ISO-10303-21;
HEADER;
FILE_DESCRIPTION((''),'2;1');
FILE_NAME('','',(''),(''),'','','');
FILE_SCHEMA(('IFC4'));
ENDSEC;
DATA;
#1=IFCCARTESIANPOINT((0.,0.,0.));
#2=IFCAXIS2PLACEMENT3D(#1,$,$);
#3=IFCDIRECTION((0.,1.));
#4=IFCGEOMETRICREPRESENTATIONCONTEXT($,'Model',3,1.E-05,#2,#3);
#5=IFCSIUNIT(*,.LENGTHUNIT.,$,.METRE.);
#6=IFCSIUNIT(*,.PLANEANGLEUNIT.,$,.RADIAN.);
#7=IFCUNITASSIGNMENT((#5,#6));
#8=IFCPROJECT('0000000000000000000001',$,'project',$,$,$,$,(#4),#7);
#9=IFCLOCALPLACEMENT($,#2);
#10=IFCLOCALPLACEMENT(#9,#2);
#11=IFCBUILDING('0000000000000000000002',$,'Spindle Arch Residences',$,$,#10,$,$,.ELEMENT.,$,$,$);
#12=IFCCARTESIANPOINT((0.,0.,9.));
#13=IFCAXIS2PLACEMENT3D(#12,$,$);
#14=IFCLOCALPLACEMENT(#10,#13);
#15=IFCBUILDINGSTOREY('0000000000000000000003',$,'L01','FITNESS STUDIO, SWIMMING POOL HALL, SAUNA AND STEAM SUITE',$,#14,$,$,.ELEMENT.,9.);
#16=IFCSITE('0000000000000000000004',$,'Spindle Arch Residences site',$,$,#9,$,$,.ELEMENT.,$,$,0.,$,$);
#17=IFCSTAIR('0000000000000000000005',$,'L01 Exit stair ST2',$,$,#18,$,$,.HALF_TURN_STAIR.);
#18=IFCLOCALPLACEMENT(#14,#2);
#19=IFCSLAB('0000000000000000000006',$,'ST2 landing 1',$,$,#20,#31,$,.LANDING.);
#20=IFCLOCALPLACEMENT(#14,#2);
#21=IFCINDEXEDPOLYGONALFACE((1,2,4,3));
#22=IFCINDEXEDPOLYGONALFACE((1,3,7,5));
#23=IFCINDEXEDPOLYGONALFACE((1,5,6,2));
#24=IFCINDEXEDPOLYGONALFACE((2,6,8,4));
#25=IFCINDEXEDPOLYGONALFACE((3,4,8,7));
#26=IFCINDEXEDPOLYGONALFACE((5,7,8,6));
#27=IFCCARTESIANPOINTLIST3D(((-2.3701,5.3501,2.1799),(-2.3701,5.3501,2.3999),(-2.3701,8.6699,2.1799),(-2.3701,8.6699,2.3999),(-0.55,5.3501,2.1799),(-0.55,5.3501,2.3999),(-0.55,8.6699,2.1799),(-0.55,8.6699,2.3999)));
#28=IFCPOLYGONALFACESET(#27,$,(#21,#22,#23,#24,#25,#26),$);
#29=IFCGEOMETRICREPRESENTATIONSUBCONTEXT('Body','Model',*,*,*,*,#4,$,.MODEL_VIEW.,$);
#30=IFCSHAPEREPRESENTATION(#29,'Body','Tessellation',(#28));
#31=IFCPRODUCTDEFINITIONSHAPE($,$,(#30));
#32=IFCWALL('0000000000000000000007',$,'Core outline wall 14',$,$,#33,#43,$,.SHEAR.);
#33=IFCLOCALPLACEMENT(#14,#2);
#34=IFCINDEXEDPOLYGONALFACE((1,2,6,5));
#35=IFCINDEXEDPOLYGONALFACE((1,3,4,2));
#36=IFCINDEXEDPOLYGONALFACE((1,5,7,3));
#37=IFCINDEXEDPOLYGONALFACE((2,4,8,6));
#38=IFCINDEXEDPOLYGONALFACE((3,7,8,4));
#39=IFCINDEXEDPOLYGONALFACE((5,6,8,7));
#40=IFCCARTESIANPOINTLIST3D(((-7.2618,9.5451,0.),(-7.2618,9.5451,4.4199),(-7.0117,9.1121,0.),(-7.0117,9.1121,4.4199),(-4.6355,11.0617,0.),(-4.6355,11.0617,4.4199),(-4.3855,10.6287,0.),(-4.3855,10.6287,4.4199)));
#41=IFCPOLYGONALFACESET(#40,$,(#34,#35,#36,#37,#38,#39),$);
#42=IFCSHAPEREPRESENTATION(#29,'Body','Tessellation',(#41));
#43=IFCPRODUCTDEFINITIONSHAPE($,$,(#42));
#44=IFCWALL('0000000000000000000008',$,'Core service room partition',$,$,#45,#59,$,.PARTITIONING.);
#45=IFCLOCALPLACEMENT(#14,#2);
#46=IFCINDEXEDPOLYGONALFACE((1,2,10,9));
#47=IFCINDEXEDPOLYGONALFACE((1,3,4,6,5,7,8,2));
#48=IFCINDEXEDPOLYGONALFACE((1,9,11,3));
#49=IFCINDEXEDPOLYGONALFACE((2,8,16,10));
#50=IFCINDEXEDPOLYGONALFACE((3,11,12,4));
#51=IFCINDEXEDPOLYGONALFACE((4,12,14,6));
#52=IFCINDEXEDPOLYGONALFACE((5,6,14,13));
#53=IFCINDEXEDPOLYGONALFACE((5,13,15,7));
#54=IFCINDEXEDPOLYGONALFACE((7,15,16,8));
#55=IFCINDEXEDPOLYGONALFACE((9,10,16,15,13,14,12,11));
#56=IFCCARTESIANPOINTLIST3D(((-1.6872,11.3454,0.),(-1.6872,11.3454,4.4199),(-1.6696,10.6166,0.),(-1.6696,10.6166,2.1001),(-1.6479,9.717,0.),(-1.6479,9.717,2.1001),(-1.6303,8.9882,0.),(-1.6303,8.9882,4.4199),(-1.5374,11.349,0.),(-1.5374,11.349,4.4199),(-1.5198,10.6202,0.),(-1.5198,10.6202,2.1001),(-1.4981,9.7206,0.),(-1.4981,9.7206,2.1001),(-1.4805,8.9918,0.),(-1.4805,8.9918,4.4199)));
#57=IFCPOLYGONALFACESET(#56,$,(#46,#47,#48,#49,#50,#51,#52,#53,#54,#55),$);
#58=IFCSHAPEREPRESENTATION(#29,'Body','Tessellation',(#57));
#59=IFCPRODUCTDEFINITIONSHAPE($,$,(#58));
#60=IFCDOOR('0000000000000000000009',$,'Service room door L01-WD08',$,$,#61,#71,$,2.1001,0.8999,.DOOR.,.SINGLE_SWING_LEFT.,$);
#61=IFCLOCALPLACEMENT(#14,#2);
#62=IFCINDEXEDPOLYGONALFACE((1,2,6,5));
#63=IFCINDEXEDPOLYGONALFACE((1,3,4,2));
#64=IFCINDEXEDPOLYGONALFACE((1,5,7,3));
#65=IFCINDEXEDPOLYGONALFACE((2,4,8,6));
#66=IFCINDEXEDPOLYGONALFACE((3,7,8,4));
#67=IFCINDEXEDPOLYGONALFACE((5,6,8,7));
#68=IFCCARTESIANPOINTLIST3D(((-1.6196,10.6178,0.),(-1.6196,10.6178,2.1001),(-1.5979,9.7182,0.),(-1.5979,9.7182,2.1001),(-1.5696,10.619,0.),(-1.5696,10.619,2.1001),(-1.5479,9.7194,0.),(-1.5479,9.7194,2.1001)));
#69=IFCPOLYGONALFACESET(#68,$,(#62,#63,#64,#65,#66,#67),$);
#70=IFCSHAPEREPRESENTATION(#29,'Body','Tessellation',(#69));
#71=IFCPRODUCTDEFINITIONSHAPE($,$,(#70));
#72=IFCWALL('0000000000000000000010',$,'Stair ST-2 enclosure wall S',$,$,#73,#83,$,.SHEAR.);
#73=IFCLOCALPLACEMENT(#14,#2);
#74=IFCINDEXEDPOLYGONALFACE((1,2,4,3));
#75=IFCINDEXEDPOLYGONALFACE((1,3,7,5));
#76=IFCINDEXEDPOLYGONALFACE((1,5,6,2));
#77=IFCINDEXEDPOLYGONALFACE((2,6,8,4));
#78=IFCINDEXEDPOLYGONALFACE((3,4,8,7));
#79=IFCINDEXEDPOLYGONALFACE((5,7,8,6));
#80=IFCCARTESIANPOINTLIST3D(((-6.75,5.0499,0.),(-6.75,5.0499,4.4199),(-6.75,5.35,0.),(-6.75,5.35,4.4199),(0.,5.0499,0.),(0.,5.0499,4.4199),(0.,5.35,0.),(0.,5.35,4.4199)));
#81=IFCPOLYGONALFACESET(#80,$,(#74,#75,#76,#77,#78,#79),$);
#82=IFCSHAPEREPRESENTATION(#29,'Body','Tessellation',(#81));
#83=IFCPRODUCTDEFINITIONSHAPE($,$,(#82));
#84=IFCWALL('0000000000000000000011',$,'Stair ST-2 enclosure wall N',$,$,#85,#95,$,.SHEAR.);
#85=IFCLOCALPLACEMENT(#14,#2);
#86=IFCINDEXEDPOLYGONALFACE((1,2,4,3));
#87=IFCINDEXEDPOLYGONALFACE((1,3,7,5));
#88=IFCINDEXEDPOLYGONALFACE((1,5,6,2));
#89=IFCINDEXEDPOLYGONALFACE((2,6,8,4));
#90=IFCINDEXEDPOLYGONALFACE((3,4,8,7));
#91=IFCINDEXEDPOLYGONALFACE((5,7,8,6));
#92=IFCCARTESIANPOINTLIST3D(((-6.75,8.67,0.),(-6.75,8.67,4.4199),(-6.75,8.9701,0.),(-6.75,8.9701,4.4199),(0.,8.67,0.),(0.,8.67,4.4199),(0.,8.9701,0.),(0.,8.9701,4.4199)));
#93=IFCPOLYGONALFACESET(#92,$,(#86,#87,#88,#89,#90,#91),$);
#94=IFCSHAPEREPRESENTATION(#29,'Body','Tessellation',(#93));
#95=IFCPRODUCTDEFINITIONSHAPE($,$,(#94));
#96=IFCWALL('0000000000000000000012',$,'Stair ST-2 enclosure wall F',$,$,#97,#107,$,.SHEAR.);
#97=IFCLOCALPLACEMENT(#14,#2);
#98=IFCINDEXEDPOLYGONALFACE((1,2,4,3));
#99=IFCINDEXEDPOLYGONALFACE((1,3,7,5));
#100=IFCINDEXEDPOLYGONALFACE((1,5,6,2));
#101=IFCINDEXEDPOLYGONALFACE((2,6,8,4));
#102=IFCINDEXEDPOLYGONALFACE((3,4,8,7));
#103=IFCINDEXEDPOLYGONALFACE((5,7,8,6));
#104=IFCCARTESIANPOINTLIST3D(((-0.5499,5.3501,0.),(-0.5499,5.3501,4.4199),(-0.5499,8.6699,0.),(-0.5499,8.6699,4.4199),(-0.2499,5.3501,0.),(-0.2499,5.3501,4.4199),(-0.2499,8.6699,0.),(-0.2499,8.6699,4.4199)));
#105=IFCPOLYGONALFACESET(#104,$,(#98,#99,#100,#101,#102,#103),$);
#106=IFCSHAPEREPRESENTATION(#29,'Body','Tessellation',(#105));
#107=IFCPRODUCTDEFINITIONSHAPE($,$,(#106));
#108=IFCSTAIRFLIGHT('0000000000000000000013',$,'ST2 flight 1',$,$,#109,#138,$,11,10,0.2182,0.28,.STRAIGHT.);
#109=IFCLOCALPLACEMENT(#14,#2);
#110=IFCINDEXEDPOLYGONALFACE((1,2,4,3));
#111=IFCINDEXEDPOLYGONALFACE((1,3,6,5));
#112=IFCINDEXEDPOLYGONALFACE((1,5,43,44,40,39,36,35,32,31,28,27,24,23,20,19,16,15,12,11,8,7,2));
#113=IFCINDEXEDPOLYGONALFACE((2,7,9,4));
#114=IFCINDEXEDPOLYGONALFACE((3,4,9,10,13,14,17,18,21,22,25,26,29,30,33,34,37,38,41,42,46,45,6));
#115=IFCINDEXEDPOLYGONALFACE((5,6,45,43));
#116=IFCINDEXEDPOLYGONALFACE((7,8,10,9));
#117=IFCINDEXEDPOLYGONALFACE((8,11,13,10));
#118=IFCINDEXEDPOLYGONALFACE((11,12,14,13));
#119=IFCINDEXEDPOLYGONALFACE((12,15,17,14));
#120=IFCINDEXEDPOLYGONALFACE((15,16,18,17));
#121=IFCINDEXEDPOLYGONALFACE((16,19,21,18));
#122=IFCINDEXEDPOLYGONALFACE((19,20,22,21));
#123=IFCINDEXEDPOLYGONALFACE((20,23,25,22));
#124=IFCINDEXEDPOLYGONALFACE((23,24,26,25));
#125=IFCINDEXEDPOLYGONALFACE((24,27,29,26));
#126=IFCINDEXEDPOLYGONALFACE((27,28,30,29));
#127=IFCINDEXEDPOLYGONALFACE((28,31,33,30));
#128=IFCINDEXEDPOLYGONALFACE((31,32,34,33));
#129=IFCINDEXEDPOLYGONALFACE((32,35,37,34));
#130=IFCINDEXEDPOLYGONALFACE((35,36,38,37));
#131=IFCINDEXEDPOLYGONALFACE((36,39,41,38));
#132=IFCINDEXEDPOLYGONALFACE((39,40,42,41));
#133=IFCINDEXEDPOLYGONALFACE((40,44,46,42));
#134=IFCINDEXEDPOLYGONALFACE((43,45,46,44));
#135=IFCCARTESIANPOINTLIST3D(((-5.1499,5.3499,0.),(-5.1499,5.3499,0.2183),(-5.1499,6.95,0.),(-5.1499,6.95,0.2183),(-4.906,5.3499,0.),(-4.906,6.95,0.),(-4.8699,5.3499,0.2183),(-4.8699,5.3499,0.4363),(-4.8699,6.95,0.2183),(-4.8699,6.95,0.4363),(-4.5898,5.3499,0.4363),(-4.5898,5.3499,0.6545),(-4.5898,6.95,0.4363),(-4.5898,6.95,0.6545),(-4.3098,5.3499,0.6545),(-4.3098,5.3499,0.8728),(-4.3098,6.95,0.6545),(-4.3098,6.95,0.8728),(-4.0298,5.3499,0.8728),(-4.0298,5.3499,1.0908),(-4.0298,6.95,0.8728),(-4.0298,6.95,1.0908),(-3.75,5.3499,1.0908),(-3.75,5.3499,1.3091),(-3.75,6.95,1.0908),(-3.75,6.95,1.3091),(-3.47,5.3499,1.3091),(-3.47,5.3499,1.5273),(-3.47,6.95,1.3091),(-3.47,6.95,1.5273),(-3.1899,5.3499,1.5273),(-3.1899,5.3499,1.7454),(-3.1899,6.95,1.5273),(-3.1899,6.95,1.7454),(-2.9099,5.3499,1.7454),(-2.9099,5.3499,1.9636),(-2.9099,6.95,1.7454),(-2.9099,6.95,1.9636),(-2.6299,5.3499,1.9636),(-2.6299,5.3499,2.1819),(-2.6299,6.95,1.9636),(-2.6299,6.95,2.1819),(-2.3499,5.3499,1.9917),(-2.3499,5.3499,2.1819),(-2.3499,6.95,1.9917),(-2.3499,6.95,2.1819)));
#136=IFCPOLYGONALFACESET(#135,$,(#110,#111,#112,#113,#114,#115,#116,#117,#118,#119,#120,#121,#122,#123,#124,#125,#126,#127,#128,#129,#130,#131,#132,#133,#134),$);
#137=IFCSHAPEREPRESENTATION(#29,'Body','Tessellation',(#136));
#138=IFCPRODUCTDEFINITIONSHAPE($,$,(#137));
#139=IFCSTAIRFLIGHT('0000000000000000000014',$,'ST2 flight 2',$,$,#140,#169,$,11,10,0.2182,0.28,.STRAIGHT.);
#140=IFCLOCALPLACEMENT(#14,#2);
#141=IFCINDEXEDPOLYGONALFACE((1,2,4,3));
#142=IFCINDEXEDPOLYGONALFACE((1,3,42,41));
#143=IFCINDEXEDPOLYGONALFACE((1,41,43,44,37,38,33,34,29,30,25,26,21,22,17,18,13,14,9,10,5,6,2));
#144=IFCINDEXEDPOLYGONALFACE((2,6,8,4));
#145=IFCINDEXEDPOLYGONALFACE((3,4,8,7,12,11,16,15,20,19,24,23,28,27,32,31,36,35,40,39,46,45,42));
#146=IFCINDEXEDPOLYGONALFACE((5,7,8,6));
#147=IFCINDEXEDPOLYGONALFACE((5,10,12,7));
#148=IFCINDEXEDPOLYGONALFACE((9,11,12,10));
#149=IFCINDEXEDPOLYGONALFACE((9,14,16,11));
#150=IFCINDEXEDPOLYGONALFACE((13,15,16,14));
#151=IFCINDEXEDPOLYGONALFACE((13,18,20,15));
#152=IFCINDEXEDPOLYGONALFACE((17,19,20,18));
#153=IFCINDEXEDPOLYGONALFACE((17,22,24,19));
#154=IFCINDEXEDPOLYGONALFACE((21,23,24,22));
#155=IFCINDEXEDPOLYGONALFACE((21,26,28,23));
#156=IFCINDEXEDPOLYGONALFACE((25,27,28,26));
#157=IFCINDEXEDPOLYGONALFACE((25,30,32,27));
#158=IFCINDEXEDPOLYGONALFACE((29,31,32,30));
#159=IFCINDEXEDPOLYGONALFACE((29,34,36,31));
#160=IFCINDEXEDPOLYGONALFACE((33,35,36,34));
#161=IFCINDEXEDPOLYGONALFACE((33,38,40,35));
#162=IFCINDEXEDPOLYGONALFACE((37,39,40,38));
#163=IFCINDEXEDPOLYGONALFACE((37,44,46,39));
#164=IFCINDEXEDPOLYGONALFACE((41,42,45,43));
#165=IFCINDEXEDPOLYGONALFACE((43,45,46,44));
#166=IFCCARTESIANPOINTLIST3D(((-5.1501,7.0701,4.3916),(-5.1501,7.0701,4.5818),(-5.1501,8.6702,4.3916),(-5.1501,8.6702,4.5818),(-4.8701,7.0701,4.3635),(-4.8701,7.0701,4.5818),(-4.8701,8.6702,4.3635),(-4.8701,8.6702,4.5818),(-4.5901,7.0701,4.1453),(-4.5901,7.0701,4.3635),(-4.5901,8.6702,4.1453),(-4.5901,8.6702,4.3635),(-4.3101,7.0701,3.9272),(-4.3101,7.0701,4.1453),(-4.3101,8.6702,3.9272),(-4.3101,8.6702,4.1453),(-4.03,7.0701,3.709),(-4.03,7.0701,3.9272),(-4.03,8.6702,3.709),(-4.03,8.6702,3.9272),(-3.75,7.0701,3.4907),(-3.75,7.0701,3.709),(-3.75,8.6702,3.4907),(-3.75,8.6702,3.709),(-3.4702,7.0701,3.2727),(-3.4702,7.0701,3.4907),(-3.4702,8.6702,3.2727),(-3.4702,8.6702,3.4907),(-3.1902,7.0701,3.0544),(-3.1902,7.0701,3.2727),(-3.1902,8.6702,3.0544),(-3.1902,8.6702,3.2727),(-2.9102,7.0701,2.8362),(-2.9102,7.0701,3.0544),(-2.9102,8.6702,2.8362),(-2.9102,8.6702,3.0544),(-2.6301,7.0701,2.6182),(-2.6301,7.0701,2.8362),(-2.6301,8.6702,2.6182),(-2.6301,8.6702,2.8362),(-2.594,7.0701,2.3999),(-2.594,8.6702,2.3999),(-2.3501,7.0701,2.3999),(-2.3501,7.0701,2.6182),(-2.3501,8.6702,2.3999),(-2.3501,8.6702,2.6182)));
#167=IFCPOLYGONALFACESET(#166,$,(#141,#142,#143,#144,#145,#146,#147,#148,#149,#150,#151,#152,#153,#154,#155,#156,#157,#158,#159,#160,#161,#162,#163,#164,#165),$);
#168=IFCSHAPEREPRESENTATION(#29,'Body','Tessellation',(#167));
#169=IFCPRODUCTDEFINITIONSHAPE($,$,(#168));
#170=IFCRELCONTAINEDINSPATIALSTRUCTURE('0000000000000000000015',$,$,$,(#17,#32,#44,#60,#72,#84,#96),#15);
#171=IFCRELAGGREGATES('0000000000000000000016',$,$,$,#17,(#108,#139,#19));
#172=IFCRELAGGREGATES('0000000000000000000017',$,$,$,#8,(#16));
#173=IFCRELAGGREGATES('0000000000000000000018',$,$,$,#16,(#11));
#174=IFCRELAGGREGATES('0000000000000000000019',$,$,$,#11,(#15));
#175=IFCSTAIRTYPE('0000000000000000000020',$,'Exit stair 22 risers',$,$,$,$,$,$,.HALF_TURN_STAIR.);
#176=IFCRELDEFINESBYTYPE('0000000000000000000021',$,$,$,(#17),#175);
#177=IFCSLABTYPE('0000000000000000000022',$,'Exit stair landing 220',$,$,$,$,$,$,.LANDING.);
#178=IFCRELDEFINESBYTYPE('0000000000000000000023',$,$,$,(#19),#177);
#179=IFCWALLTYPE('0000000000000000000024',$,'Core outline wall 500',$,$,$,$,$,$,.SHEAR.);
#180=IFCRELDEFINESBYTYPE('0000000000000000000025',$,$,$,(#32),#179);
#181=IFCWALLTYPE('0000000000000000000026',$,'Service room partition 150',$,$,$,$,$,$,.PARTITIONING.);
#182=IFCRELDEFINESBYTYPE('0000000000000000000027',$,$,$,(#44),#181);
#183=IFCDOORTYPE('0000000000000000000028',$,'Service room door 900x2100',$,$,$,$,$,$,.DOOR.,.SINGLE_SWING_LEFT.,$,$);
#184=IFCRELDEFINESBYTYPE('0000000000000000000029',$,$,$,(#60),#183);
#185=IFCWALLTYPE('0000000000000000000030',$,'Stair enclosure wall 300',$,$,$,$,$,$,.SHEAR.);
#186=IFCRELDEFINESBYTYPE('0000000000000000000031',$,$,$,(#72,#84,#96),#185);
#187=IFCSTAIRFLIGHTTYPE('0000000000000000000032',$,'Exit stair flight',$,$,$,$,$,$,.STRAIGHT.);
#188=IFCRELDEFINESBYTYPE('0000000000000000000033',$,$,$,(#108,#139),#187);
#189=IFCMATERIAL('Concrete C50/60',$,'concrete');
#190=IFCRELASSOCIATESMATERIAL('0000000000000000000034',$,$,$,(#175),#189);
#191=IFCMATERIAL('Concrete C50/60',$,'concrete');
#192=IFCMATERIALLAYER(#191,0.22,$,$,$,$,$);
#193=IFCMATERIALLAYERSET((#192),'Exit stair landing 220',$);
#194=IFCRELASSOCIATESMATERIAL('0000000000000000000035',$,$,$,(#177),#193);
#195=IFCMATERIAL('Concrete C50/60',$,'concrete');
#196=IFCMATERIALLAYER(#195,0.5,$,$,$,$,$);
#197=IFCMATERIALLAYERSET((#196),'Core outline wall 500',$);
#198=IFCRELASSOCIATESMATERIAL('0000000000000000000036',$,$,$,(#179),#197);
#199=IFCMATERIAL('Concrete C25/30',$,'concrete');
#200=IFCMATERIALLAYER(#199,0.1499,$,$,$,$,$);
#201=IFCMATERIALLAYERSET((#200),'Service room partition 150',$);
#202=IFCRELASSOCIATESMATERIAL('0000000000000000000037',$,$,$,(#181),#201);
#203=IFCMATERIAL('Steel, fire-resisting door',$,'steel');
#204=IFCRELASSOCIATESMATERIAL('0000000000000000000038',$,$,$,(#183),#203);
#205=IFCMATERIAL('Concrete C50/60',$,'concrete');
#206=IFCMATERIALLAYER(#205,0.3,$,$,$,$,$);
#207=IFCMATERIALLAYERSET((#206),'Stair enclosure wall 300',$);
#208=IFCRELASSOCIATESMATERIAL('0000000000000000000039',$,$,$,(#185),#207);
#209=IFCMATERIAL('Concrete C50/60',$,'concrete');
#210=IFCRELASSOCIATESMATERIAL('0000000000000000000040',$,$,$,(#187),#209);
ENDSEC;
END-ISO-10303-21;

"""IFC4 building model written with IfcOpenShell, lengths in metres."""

from ifc_helpers import new_model, si_unit, direction, frame, frame_2d, origin, place, context, subcontext, project, spatial, polyline, rectangle, outline, extrude, material, layer, layer_set, type_object, element, fill, aggregate, save


model = new_model("IFC4")

# Units and contexts
model_context = context("Model", 3, precision=1e-05, world=origin(), true_north=direction((0.0, 1.0)))
body_context = subcontext(model_context, "Body", "Model", "MODEL_VIEW")
ifc_project = project(units=[si_unit("LENGTHUNIT", "METRE"), si_unit("PLANEANGLEUNIT", "RADIAN")], contexts=[model_context])

# Site, building, storey
site_placement = place(None, origin())
site = spatial("IfcSite", under=ifc_project, at=site_placement, Name="Spindle Arch Residences site", CompositionType="ELEMENT", RefElevation=0.0)
building_placement = place(site_placement, origin())
building = spatial("IfcBuilding", under=site, at=building_placement, Name="Spindle Arch Residences", CompositionType="ELEMENT")
storey_placement = place(building_placement, frame((0.0, 0.0, 9.0)))
storey = spatial("IfcBuildingStorey", under=building, at=storey_placement, Name="L01", Description="FITNESS STUDIO, SWIMMING POOL HALL, SAUNA AND STEAM SUITE", CompositionType="ELEMENT", Elevation=9.0)

# Stair, slab
ifc_material_1 = material(Name="Concrete C50/60", Category="concrete")
stair_type = type_object("IfcStairType", Name="Exit stair 22 risers", PredefinedType="HALF_TURN_STAIR", material=ifc_material_1)
stair_placement = place(storey_placement, origin())
stair = element("IfcStair", 1, at=stair_placement, inside=storey, type_object=stair_type, Name="L01 Exit stair ST2", PredefinedType="HALF_TURN_STAIR")
ifc_material_2 = material(Name="Concrete C50/60", Category="concrete")
ifc_layer_1 = layer(ifc_material_2, 0.22)
ifc_layer_set_1 = layer_set([ifc_layer_1], Name="Exit stair landing 220")
slab_type = type_object("IfcSlabType", Name="Exit stair landing 220", PredefinedType="LANDING", material=ifc_layer_set_1)
slab_placement = place(storey_placement, frame((0.0, 0.0, 2.1799)))
slab = element("IfcSlab", 2, at=slab_placement, type_object=slab_type, Name="ST2 landing 1", PredefinedType="LANDING", context=body_context, shape_type="SweptSolid", body=[
    extrude(outline(polyline([(-2.3701, 5.3501), (-0.55, 5.3501), (-0.55, 8.6699), (-2.3701, 8.6699), (-2.3701, 5.3501)])), origin(), (0.0, 0.0, 1.0), 0.22),
])

# Wall
ifc_material_3 = material(Name="Concrete C50/60", Category="concrete")
ifc_layer_2 = layer(ifc_material_3, 0.5)
ifc_layer_set_2 = layer_set([ifc_layer_2], Name="Core outline wall 500")
wall_type_1 = type_object("IfcWallType", Name="Core outline wall 500", PredefinedType="SHEAR", material=ifc_layer_set_2)
wall_1_placement = place(storey_placement, frame((-4.5105, 10.8452, 0.0), z_axis=(0.0, 0.0, 1.0), x_axis=(-0.865975, -0.500087, 0.0)))
element("IfcWall", 3, at=wall_1_placement, inside=storey, type_object=wall_type_1, Name="Core outline wall 14", PredefinedType="SHEAR", context=body_context, shape_type="SweptSolid", body=[
    extrude(rectangle(XDim=3.0327, YDim=0.5, at=frame_2d((1.5164, 0.0))), origin(), (0.0, 0.0, 1.0), 4.4199),
])

# Wall, opening, door
ifc_material_4 = material(Name="Concrete C25/30", Category="concrete")
ifc_layer_3 = layer(ifc_material_4, 0.1499)
ifc_layer_set_3 = layer_set([ifc_layer_3], Name="Service room partition 150")
wall_type_2 = type_object("IfcWallType", Name="Service room partition 150", PredefinedType="PARTITIONING", material=ifc_layer_set_3)
wall_2_placement = place(storey_placement, frame((-1.5554, 8.99, 0.0), z_axis=(0.0, 0.0, 1.0), x_axis=(-0.024126, 0.999709, 0.0)))
wall_2 = element("IfcWall", 4, at=wall_2_placement, inside=storey, type_object=wall_type_2, Name="Core service room partition", PredefinedType="PARTITIONING", context=body_context, shape_type="SweptSolid", body=[
    extrude(rectangle(XDim=2.3579, YDim=0.1499, at=frame_2d((1.179, 0.0))), origin(), (0.0, 0.0, 1.0), 4.4199),
])
opening_placement = place(wall_2_placement, frame((0.729, 0.0, 0.0)))
opening = element("IfcOpeningElement", 5, at=opening_placement, cuts=wall_2, PredefinedType="OPENING", context=body_context, shape_type="SweptSolid", body=[
    extrude(rectangle(XDim=0.8999, YDim=2.1001, at=frame_2d((0.45, 1.05))), frame((0.0, 0.085, 0.0), z_axis=(0.0, -1.0, 0.0), x_axis=(1.0, 0.0, 0.0)), (0.0, 0.0, 1.0), 0.1699),
])
ifc_material_5 = material(Name="Steel, fire-resisting door", Category="steel")
door_type = type_object("IfcDoorType", Name="Service room door 900x2100", OperationType="SINGLE_SWING_LEFT", PredefinedType="DOOR", material=ifc_material_5)
door_placement = place(opening_placement, origin())
door = element("IfcDoor", 6, at=door_placement, inside=storey, type_object=door_type, Name="Service room door L01-WD08", OperationType="SINGLE_SWING_LEFT", OverallHeight=2.1001, OverallWidth=0.8999, PredefinedType="DOOR", context=body_context, shape_type="SweptSolid", body=[
    extrude(rectangle(XDim=0.8999, YDim=2.1001, at=frame_2d((0.45, 1.05))), frame((0.0, 0.0249, 0.0), z_axis=(0.0, -1.0, 0.0), x_axis=(1.0, 0.0, 0.0)), (0.0, 0.0, 1.0), 0.05),
])
fill(opening, door)

# Walls
ifc_material_6 = material(Name="Concrete C50/60", Category="concrete")
ifc_layer_4 = layer(ifc_material_6, 0.3)
ifc_layer_set_4 = layer_set([ifc_layer_4], Name="Stair enclosure wall 300")
wall_type_3 = type_object("IfcWallType", Name="Stair enclosure wall 300", PredefinedType="SHEAR", material=ifc_layer_set_4)
for number, where, z_axis, x_axis, name in (
    (7, (-6.75, 5.2, 0.0), (0.0, 0.0, 1.0), (1.0, 0.0, 0.0), "Stair ST-2 enclosure wall S"),
    (8, (-6.75, 8.8201, 0.0), (0.0, 0.0, 1.0), (1.0, 0.0, 0.0), "Stair ST-2 enclosure wall N"),
):
    element("IfcWall", number, at=place(storey_placement, frame(where, z_axis=z_axis, x_axis=x_axis)), inside=storey, type_object=wall_type_3, Name=name, PredefinedType="SHEAR", context=body_context, shape_type="SweptSolid", body=[
        extrude(rectangle(XDim=6.75, YDim=0.3, at=frame_2d((3.375, 0.0))), origin(), (0.0, 0.0, 1.0), 4.4199),
    ])
wall_3_placement = place(storey_placement, frame((-0.3999, 5.3501, 0.0), z_axis=(0.0, 0.0, 1.0), x_axis=(0.0, 1.0, 0.0)))
element("IfcWall", 9, at=wall_3_placement, inside=storey, type_object=wall_type_3, Name="Stair ST-2 enclosure wall F", PredefinedType="SHEAR", context=body_context, shape_type="SweptSolid", body=[
    extrude(rectangle(XDim=3.3198, YDim=0.3, at=frame_2d((1.6599, 0.0))), origin(), (0.0, 0.0, 1.0), 4.4199),
])

# Stair flights
ifc_material_7 = material(Name="Concrete C50/60", Category="concrete")
stair_flight_type = type_object("IfcStairFlightType", Name="Exit stair flight", PredefinedType="STRAIGHT", material=ifc_material_7)
stair_flight_1_placement = place(storey_placement, frame((-5.1499, 6.1499, 0.0), z_axis=(0.0, 0.0, 1.0), x_axis=(1.0, 0.0, 0.0)))
stair_flight_1 = element("IfcStairFlight", 10, at=stair_flight_1_placement, type_object=stair_flight_type, Name="ST2 flight 1", NumberOfRisers=11, NumberOfTreads=10, PredefinedType="STRAIGHT", RiserHeight=0.2182, TreadLength=0.28, context=body_context, shape_type="SweptSolid", body=[
    extrude(outline(polyline([(0.0, 0.0), (0.0, 0.2183), (0.28, 0.2183), (0.28, 0.4363), (0.5601, 0.4363), (0.5601, 0.6545), (0.8401, 0.6545), (0.8401, 0.8728), (1.1201, 0.8728), (1.1201, 1.0908), (1.3999, 1.0908), (1.3999, 1.3091), (1.6799, 1.3091), (1.6799, 1.5273), (1.96, 1.5273), (1.96, 1.7454), (2.24, 1.7454), (2.24, 1.9636), (2.52, 1.9636), (2.52, 2.1819), (2.8, 2.1819), (2.8, 2.3999), (2.8, 1.9917), (0.2439, 0.0), (0.0, 0.0)])), frame((0.0, 0.8, 0.0), z_axis=(0.0, -1.0, 0.0), x_axis=(1.0, 0.0, 0.0)), (0.0, 0.0, 1.0), 1.6001),
])
stair_flight_2_placement = place(storey_placement, frame((-2.3501, 7.8701, 2.3999), z_axis=(0.0, 0.0, 1.0), x_axis=(-1.0, 0.0, 0.0)))
stair_flight_2 = element("IfcStairFlight", 11, at=stair_flight_2_placement, type_object=stair_flight_type, Name="ST2 flight 2", NumberOfRisers=11, NumberOfTreads=10, PredefinedType="STRAIGHT", RiserHeight=0.2182, TreadLength=0.28, context=body_context, shape_type="SweptSolid", body=[
    extrude(outline(polyline([(0.0, 0.0), (0.0, 0.2183), (0.28, 0.2183), (0.28, 0.4363), (0.5601, 0.4363), (0.5601, 0.6545), (0.8401, 0.6545), (0.8401, 0.8728), (1.1201, 0.8728), (1.1201, 1.0908), (1.3999, 1.0908), (1.3999, 1.3091), (1.6799, 1.3091), (1.6799, 1.5273), (1.96, 1.5273), (1.96, 1.7454), (2.24, 1.7454), (2.24, 1.9636), (2.52, 1.9636), (2.52, 2.1819), (2.8, 2.1819), (2.8, 2.3999), (2.8, 1.9917), (0.2439, 0.0), (0.0, 0.0)])), frame((0.0, 0.8, 0.0), z_axis=(0.0, -1.0, 0.0), x_axis=(1.0, 0.0, 0.0)), (0.0, 0.0, 1.0), 1.6001),
])
aggregate(stair, [stair_flight_1, stair_flight_2, slab])

save(model, "model.ifc")
